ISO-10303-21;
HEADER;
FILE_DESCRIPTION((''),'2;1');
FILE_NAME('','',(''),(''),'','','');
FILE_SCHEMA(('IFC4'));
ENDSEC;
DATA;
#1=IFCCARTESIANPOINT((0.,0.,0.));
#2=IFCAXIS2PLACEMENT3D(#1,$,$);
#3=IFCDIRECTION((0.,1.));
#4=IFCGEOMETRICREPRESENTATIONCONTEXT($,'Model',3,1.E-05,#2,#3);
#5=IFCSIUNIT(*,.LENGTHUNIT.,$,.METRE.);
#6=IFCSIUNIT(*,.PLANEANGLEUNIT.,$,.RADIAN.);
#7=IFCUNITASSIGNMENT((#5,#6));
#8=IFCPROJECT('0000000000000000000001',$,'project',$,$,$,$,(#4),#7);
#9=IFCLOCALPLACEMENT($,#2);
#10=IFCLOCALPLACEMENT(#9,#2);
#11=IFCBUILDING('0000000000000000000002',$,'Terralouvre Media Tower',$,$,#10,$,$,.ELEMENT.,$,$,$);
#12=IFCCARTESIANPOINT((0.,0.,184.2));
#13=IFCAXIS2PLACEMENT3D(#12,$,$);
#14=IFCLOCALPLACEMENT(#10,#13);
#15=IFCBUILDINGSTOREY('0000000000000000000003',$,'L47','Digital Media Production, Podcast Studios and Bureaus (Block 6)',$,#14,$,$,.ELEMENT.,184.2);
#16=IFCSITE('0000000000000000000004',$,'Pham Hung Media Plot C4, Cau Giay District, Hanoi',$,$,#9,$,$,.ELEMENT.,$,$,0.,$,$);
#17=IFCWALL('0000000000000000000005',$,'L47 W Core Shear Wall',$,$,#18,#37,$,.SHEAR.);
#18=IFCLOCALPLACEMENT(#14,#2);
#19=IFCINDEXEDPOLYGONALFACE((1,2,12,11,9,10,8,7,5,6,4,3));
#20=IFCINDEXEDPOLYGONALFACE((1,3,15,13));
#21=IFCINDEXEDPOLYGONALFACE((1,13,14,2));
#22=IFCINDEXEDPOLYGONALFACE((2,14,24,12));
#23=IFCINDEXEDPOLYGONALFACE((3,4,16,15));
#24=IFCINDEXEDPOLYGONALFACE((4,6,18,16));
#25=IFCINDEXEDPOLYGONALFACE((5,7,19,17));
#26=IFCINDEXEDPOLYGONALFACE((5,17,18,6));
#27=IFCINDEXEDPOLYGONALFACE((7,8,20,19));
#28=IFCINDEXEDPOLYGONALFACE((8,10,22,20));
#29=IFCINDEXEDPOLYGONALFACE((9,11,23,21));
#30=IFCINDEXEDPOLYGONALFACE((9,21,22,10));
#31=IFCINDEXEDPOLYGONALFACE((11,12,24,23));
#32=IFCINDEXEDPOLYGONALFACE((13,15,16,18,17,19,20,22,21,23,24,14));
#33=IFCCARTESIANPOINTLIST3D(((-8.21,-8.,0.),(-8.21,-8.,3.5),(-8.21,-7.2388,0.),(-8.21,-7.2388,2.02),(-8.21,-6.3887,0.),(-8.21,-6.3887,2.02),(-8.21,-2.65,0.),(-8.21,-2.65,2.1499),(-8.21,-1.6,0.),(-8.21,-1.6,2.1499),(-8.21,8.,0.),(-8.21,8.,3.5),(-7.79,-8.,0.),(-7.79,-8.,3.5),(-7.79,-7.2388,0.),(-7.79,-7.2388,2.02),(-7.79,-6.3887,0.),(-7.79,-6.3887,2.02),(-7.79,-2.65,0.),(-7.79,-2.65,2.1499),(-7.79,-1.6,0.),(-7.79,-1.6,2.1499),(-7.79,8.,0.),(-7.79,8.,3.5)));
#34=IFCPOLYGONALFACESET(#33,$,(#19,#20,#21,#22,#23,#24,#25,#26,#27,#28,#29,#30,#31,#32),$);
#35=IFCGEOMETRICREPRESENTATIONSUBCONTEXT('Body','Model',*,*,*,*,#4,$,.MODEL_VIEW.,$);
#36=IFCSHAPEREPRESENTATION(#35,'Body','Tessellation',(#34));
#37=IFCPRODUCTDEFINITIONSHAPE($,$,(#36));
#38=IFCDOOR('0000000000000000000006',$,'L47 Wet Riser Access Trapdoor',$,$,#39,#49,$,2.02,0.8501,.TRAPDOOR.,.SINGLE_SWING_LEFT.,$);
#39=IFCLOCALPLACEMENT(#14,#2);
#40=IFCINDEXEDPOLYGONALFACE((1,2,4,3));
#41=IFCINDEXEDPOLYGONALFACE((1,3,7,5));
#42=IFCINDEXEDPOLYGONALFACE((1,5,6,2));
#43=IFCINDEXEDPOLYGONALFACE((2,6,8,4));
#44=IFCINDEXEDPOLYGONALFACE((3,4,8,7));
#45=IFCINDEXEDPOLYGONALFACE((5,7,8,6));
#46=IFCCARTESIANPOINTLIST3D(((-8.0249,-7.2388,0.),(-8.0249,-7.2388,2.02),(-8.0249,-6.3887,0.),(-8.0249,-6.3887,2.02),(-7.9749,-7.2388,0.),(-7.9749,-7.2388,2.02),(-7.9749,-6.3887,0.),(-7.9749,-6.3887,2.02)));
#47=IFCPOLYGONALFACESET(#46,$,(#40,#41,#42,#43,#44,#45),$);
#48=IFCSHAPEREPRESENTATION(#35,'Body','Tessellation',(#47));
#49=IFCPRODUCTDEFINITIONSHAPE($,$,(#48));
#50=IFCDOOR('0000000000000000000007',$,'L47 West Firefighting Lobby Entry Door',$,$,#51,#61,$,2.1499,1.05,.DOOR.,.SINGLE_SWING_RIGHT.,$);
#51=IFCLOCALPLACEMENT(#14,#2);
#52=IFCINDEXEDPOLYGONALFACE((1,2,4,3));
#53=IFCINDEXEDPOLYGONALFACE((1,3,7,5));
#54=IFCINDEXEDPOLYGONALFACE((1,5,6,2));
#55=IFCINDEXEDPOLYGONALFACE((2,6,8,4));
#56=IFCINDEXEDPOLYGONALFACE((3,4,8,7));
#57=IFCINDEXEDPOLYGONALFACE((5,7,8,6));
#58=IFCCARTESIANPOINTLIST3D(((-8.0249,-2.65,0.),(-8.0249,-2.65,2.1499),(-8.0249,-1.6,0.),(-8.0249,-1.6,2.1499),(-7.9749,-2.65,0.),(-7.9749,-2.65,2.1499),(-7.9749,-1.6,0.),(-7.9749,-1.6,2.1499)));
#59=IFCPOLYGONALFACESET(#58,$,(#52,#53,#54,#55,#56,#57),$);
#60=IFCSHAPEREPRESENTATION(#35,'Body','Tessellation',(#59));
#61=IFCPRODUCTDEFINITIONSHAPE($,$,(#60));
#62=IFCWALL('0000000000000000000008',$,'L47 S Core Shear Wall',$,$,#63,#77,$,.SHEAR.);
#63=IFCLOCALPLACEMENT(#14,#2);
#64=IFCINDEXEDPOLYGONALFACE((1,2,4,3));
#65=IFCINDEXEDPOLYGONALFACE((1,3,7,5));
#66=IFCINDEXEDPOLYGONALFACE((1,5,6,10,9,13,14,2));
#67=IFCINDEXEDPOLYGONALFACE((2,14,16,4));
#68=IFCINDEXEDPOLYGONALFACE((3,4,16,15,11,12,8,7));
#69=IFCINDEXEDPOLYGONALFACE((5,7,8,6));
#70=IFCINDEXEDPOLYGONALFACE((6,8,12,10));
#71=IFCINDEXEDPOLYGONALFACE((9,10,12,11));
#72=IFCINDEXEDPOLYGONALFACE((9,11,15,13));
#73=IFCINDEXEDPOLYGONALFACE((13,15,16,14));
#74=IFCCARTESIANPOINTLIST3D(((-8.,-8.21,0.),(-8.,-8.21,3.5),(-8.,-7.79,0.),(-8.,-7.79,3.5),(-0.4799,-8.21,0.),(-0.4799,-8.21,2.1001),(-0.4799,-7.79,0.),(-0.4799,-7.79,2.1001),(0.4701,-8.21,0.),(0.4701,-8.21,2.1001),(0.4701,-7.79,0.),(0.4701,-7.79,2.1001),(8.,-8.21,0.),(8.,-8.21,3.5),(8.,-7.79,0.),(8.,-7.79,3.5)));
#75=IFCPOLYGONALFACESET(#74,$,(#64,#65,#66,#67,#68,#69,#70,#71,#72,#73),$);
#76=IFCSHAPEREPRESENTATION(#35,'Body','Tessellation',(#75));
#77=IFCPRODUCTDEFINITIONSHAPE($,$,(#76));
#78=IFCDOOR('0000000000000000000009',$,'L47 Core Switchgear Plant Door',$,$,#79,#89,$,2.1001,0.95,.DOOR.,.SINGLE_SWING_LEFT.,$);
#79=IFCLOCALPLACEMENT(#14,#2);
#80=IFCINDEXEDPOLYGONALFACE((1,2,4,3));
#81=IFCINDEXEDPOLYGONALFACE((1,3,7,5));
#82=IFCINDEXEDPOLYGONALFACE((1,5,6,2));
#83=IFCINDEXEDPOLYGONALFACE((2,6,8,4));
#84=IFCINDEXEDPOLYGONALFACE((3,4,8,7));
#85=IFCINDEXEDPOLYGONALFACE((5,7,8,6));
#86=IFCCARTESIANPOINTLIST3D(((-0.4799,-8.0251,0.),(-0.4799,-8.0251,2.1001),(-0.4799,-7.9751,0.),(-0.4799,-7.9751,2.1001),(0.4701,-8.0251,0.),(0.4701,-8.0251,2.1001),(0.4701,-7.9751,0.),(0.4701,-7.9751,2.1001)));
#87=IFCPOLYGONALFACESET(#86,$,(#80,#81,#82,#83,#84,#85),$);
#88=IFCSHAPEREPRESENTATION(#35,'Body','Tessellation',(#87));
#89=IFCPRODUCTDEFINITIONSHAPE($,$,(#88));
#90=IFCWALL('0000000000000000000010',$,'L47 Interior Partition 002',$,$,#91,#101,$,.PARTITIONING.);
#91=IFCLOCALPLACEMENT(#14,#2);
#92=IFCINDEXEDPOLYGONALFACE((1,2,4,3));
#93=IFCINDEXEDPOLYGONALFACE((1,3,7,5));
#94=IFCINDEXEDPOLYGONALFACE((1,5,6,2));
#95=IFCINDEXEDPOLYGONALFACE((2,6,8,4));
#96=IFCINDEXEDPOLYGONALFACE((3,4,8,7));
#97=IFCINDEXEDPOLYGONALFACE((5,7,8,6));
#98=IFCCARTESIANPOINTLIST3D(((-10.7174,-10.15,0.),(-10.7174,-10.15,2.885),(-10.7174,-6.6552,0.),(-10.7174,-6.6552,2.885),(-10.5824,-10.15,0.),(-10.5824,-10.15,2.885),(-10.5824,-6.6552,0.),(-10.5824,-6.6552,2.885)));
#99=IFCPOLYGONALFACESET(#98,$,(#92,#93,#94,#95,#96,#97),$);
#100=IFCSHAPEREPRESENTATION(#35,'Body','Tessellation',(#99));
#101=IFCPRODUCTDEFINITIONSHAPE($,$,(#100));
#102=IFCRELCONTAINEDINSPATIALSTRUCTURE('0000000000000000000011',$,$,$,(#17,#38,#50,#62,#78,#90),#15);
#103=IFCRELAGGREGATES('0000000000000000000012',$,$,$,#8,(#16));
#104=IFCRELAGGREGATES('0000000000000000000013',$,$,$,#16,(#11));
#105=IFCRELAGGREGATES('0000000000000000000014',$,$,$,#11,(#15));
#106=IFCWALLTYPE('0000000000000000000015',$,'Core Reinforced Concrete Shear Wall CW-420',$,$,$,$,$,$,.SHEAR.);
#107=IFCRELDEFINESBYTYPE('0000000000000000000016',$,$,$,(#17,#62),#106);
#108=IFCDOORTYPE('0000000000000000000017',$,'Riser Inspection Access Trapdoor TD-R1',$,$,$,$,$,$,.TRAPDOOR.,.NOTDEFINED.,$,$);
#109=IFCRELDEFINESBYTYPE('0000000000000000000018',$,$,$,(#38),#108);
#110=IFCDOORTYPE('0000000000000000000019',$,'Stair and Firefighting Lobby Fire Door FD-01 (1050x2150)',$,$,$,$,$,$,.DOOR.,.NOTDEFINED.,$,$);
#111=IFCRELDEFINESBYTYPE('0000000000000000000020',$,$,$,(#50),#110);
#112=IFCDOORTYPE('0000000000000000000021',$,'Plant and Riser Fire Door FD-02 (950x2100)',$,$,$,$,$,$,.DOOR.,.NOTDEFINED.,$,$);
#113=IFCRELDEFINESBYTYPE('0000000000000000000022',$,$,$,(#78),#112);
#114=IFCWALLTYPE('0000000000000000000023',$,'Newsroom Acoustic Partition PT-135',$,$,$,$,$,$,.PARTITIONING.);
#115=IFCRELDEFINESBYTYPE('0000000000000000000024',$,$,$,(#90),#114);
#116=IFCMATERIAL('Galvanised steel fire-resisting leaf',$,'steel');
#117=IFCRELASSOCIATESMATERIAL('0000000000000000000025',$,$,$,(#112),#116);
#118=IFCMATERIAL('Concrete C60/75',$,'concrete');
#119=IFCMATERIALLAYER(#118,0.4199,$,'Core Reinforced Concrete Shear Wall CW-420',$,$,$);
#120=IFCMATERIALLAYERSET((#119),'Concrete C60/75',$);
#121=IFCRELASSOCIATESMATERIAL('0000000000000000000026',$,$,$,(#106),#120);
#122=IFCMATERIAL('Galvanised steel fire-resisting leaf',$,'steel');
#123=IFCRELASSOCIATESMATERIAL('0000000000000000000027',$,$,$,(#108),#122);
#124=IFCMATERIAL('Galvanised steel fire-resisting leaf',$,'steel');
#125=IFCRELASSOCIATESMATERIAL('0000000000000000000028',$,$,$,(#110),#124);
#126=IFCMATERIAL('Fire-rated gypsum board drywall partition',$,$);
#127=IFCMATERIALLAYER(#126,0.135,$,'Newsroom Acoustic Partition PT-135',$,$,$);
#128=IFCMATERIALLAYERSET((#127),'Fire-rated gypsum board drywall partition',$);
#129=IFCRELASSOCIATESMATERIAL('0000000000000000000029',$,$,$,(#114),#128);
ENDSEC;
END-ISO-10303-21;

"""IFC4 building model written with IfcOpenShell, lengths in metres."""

from ifc_helpers import new_model, si_unit, direction, frame, frame_2d, origin, place, context, subcontext, project, spatial, rectangle, extrude, material, layer, layer_set, type_object, element, fill, save


model = new_model("IFC4")

# Units and contexts
model_context = context("Model", 3, precision=1e-05, world=origin(), true_north=direction((0.0, 1.0)))
body_context = subcontext(model_context, "Body", "Model", "MODEL_VIEW")
ifc_project = project(units=[si_unit("LENGTHUNIT", "METRE"), si_unit("PLANEANGLEUNIT", "RADIAN")], contexts=[model_context])

# Site, building, storey
site_placement = place(None, origin())
site = spatial("IfcSite", under=ifc_project, at=site_placement, Name="Pham Hung Media Plot C4, Cau Giay District, Hanoi", CompositionType="ELEMENT", RefElevation=0.0)
building_placement = place(site_placement, origin())
building = spatial("IfcBuilding", under=site, at=building_placement, Name="Terralouvre Media Tower", CompositionType="ELEMENT")
storey_placement = place(building_placement, frame((0.0, 0.0, 184.2)))
storey = spatial("IfcBuildingStorey", under=building, at=storey_placement, Name="L47", Description="Digital Media Production, Podcast Studios and Bureaus (Block 6)", CompositionType="ELEMENT", Elevation=184.2)

# Wall, openings, doors
ifc_material_1 = material(Name="Galvanised steel fire-resisting leaf", Category="steel")
door_type_1 = type_object("IfcDoorType", Name="Plant and Riser Fire Door FD-02 (950x2100)", OperationType="NOTDEFINED", PredefinedType="DOOR", material=ifc_material_1)
ifc_material_2 = material(Name="Concrete C60/75", Category="concrete")
ifc_layer_1 = layer(ifc_material_2, 0.4199, Name="Core Reinforced Concrete Shear Wall CW-420")
ifc_layer_set_1 = layer_set([ifc_layer_1], Name="Concrete C60/75")
wall_type_1 = type_object("IfcWallType", Name="Core Reinforced Concrete Shear Wall CW-420", PredefinedType="SHEAR", material=ifc_layer_set_1)
wall_1_placement = place(storey_placement, frame((-8.0, -8.0, 0.0), z_axis=(0.0, 0.0, 1.0), x_axis=(0.0, 1.0, 0.0)))
wall_1 = element("IfcWall", 1, at=wall_1_placement, inside=storey, type_object=wall_type_1, Name="L47 W Core Shear Wall", PredefinedType="SHEAR", context=body_context, shape_type="SweptSolid", body=[
    extrude(rectangle(XDim=16.0, YDim=0.4199, at=frame_2d((8.0, 0.0))), origin(), (0.0, 0.0, 1.0), 3.5),
])
opening_1_placement = place(wall_1_placement, frame((0.7612, 0.0, 0.0)))
opening_1 = element("IfcOpeningElement", 2, at=opening_1_placement, cuts=wall_1, PredefinedType="OPENING", context=body_context, shape_type="SweptSolid", body=[
    extrude(rectangle(XDim=0.8501, YDim=2.02, at=frame_2d((0.425, 1.01))), frame((0.0, 0.22, 0.0), z_axis=(0.0, -1.0, 0.0), x_axis=(1.0, 0.0, 0.0)), (0.0, 0.0, 1.0), 0.4399),
])
opening_2_placement = place(wall_1_placement, frame((5.3501, 0.0, 0.0)))
opening_2 = element("IfcOpeningElement", 3, at=opening_2_placement, cuts=wall_1, PredefinedType="OPENING", context=body_context, shape_type="SweptSolid", body=[
    extrude(rectangle(XDim=1.05, YDim=2.1499, at=frame_2d((0.5249, 1.075))), frame((0.0, 0.22, 0.0), z_axis=(0.0, -1.0, 0.0), x_axis=(1.0, 0.0, 0.0)), (0.0, 0.0, 1.0), 0.4399),
])
ifc_material_3 = material(Name="Galvanised steel fire-resisting leaf", Category="steel")
door_type_2 = type_object("IfcDoorType", Name="Riser Inspection Access Trapdoor TD-R1", OperationType="NOTDEFINED", PredefinedType="TRAPDOOR", material=ifc_material_3)
door_1_placement = place(opening_1_placement, origin())
door_1 = element("IfcDoor", 4, at=door_1_placement, inside=storey, type_object=door_type_2, Name="L47 Wet Riser Access Trapdoor", OperationType="SINGLE_SWING_LEFT", OverallHeight=2.02, OverallWidth=0.8501, PredefinedType="TRAPDOOR", context=body_context, shape_type="SweptSolid", body=[
    extrude(rectangle(XDim=0.8501, YDim=2.02, at=frame_2d((0.425, 1.01))), frame((0.0, 0.0249, 0.0), z_axis=(0.0, -1.0, 0.0), x_axis=(1.0, 0.0, 0.0)), (0.0, 0.0, 1.0), 0.05),
])
fill(opening_1, door_1)
ifc_material_4 = material(Name="Galvanised steel fire-resisting leaf", Category="steel")
door_type_3 = type_object("IfcDoorType", Name="Stair and Firefighting Lobby Fire Door FD-01 (1050x2150)", OperationType="NOTDEFINED", PredefinedType="DOOR", material=ifc_material_4)
door_2_placement = place(opening_2_placement, origin())
door_2 = element("IfcDoor", 5, at=door_2_placement, inside=storey, type_object=door_type_3, Name="L47 West Firefighting Lobby Entry Door", OperationType="SINGLE_SWING_RIGHT", OverallHeight=2.1499, OverallWidth=1.05, PredefinedType="DOOR", context=body_context, shape_type="SweptSolid", body=[
    extrude(rectangle(XDim=1.05, YDim=2.1499, at=frame_2d((0.5249, 1.075))), frame((0.0, 0.0249, 0.0), z_axis=(0.0, -1.0, 0.0), x_axis=(1.0, 0.0, 0.0)), (0.0, 0.0, 1.0), 0.05),
])
fill(opening_2, door_2)

# Wall, opening, door
wall_2_placement = place(storey_placement, frame((-8.0, -8.0, 0.0), z_axis=(0.0, 0.0, 1.0), x_axis=(1.0, 0.0, 0.0)))
wall_2 = element("IfcWall", 6, at=wall_2_placement, inside=storey, type_object=wall_type_1, Name="L47 S Core Shear Wall", PredefinedType="SHEAR", context=body_context, shape_type="SweptSolid", body=[
    extrude(rectangle(XDim=16.0, YDim=0.4199, at=frame_2d((8.0, 0.0))), origin(), (0.0, 0.0, 1.0), 3.5),
])
opening_3_placement = place(wall_2_placement, frame((7.52, 0.0, 0.0)))
opening_3 = element("IfcOpeningElement", 7, at=opening_3_placement, cuts=wall_2, PredefinedType="OPENING", context=body_context, shape_type="SweptSolid", body=[
    extrude(rectangle(XDim=0.95, YDim=2.1001, at=frame_2d((0.4751, 1.05))), frame((0.0, 0.22, 0.0), z_axis=(0.0, -1.0, 0.0), x_axis=(1.0, 0.0, 0.0)), (0.0, 0.0, 1.0), 0.4399),
])
door_3_placement = place(opening_3_placement, origin())
door_3 = element("IfcDoor", 8, at=door_3_placement, inside=storey, type_object=door_type_1, Name="L47 Core Switchgear Plant Door", OperationType="SINGLE_SWING_LEFT", OverallHeight=2.1001, OverallWidth=0.95, PredefinedType="DOOR", context=body_context, shape_type="SweptSolid", body=[
    extrude(rectangle(XDim=0.95, YDim=2.1001, at=frame_2d((0.4751, 1.05))), frame((0.0, 0.0249, 0.0), z_axis=(0.0, -1.0, 0.0), x_axis=(1.0, 0.0, 0.0)), (0.0, 0.0, 1.0), 0.05),
])
fill(opening_3, door_3)

# Wall
ifc_material_5 = material(Name="Fire-rated gypsum board drywall partition")
ifc_layer_2 = layer(ifc_material_5, 0.135, Name="Newsroom Acoustic Partition PT-135")
ifc_layer_set_2 = layer_set([ifc_layer_2], Name="Fire-rated gypsum board drywall partition")
wall_type_2 = type_object("IfcWallType", Name="Newsroom Acoustic Partition PT-135", PredefinedType="PARTITIONING", material=ifc_layer_set_2)
wall_3_placement = place(storey_placement, frame((-10.6499, -6.655, 0.0), z_axis=(0.0, 0.0, 1.0), x_axis=(0.0, -1.0, 0.0)))
element("IfcWall", 9, at=wall_3_placement, inside=storey, type_object=wall_type_2, Name="L47 Interior Partition 002", PredefinedType="PARTITIONING", context=body_context, shape_type="SweptSolid", body=[
    extrude(rectangle(XDim=3.4949, YDim=0.135, at=frame_2d((1.7476, 0.0))), origin(), (0.0, 0.0, 1.0), 2.885),
])

save(model, "model.ifc")
